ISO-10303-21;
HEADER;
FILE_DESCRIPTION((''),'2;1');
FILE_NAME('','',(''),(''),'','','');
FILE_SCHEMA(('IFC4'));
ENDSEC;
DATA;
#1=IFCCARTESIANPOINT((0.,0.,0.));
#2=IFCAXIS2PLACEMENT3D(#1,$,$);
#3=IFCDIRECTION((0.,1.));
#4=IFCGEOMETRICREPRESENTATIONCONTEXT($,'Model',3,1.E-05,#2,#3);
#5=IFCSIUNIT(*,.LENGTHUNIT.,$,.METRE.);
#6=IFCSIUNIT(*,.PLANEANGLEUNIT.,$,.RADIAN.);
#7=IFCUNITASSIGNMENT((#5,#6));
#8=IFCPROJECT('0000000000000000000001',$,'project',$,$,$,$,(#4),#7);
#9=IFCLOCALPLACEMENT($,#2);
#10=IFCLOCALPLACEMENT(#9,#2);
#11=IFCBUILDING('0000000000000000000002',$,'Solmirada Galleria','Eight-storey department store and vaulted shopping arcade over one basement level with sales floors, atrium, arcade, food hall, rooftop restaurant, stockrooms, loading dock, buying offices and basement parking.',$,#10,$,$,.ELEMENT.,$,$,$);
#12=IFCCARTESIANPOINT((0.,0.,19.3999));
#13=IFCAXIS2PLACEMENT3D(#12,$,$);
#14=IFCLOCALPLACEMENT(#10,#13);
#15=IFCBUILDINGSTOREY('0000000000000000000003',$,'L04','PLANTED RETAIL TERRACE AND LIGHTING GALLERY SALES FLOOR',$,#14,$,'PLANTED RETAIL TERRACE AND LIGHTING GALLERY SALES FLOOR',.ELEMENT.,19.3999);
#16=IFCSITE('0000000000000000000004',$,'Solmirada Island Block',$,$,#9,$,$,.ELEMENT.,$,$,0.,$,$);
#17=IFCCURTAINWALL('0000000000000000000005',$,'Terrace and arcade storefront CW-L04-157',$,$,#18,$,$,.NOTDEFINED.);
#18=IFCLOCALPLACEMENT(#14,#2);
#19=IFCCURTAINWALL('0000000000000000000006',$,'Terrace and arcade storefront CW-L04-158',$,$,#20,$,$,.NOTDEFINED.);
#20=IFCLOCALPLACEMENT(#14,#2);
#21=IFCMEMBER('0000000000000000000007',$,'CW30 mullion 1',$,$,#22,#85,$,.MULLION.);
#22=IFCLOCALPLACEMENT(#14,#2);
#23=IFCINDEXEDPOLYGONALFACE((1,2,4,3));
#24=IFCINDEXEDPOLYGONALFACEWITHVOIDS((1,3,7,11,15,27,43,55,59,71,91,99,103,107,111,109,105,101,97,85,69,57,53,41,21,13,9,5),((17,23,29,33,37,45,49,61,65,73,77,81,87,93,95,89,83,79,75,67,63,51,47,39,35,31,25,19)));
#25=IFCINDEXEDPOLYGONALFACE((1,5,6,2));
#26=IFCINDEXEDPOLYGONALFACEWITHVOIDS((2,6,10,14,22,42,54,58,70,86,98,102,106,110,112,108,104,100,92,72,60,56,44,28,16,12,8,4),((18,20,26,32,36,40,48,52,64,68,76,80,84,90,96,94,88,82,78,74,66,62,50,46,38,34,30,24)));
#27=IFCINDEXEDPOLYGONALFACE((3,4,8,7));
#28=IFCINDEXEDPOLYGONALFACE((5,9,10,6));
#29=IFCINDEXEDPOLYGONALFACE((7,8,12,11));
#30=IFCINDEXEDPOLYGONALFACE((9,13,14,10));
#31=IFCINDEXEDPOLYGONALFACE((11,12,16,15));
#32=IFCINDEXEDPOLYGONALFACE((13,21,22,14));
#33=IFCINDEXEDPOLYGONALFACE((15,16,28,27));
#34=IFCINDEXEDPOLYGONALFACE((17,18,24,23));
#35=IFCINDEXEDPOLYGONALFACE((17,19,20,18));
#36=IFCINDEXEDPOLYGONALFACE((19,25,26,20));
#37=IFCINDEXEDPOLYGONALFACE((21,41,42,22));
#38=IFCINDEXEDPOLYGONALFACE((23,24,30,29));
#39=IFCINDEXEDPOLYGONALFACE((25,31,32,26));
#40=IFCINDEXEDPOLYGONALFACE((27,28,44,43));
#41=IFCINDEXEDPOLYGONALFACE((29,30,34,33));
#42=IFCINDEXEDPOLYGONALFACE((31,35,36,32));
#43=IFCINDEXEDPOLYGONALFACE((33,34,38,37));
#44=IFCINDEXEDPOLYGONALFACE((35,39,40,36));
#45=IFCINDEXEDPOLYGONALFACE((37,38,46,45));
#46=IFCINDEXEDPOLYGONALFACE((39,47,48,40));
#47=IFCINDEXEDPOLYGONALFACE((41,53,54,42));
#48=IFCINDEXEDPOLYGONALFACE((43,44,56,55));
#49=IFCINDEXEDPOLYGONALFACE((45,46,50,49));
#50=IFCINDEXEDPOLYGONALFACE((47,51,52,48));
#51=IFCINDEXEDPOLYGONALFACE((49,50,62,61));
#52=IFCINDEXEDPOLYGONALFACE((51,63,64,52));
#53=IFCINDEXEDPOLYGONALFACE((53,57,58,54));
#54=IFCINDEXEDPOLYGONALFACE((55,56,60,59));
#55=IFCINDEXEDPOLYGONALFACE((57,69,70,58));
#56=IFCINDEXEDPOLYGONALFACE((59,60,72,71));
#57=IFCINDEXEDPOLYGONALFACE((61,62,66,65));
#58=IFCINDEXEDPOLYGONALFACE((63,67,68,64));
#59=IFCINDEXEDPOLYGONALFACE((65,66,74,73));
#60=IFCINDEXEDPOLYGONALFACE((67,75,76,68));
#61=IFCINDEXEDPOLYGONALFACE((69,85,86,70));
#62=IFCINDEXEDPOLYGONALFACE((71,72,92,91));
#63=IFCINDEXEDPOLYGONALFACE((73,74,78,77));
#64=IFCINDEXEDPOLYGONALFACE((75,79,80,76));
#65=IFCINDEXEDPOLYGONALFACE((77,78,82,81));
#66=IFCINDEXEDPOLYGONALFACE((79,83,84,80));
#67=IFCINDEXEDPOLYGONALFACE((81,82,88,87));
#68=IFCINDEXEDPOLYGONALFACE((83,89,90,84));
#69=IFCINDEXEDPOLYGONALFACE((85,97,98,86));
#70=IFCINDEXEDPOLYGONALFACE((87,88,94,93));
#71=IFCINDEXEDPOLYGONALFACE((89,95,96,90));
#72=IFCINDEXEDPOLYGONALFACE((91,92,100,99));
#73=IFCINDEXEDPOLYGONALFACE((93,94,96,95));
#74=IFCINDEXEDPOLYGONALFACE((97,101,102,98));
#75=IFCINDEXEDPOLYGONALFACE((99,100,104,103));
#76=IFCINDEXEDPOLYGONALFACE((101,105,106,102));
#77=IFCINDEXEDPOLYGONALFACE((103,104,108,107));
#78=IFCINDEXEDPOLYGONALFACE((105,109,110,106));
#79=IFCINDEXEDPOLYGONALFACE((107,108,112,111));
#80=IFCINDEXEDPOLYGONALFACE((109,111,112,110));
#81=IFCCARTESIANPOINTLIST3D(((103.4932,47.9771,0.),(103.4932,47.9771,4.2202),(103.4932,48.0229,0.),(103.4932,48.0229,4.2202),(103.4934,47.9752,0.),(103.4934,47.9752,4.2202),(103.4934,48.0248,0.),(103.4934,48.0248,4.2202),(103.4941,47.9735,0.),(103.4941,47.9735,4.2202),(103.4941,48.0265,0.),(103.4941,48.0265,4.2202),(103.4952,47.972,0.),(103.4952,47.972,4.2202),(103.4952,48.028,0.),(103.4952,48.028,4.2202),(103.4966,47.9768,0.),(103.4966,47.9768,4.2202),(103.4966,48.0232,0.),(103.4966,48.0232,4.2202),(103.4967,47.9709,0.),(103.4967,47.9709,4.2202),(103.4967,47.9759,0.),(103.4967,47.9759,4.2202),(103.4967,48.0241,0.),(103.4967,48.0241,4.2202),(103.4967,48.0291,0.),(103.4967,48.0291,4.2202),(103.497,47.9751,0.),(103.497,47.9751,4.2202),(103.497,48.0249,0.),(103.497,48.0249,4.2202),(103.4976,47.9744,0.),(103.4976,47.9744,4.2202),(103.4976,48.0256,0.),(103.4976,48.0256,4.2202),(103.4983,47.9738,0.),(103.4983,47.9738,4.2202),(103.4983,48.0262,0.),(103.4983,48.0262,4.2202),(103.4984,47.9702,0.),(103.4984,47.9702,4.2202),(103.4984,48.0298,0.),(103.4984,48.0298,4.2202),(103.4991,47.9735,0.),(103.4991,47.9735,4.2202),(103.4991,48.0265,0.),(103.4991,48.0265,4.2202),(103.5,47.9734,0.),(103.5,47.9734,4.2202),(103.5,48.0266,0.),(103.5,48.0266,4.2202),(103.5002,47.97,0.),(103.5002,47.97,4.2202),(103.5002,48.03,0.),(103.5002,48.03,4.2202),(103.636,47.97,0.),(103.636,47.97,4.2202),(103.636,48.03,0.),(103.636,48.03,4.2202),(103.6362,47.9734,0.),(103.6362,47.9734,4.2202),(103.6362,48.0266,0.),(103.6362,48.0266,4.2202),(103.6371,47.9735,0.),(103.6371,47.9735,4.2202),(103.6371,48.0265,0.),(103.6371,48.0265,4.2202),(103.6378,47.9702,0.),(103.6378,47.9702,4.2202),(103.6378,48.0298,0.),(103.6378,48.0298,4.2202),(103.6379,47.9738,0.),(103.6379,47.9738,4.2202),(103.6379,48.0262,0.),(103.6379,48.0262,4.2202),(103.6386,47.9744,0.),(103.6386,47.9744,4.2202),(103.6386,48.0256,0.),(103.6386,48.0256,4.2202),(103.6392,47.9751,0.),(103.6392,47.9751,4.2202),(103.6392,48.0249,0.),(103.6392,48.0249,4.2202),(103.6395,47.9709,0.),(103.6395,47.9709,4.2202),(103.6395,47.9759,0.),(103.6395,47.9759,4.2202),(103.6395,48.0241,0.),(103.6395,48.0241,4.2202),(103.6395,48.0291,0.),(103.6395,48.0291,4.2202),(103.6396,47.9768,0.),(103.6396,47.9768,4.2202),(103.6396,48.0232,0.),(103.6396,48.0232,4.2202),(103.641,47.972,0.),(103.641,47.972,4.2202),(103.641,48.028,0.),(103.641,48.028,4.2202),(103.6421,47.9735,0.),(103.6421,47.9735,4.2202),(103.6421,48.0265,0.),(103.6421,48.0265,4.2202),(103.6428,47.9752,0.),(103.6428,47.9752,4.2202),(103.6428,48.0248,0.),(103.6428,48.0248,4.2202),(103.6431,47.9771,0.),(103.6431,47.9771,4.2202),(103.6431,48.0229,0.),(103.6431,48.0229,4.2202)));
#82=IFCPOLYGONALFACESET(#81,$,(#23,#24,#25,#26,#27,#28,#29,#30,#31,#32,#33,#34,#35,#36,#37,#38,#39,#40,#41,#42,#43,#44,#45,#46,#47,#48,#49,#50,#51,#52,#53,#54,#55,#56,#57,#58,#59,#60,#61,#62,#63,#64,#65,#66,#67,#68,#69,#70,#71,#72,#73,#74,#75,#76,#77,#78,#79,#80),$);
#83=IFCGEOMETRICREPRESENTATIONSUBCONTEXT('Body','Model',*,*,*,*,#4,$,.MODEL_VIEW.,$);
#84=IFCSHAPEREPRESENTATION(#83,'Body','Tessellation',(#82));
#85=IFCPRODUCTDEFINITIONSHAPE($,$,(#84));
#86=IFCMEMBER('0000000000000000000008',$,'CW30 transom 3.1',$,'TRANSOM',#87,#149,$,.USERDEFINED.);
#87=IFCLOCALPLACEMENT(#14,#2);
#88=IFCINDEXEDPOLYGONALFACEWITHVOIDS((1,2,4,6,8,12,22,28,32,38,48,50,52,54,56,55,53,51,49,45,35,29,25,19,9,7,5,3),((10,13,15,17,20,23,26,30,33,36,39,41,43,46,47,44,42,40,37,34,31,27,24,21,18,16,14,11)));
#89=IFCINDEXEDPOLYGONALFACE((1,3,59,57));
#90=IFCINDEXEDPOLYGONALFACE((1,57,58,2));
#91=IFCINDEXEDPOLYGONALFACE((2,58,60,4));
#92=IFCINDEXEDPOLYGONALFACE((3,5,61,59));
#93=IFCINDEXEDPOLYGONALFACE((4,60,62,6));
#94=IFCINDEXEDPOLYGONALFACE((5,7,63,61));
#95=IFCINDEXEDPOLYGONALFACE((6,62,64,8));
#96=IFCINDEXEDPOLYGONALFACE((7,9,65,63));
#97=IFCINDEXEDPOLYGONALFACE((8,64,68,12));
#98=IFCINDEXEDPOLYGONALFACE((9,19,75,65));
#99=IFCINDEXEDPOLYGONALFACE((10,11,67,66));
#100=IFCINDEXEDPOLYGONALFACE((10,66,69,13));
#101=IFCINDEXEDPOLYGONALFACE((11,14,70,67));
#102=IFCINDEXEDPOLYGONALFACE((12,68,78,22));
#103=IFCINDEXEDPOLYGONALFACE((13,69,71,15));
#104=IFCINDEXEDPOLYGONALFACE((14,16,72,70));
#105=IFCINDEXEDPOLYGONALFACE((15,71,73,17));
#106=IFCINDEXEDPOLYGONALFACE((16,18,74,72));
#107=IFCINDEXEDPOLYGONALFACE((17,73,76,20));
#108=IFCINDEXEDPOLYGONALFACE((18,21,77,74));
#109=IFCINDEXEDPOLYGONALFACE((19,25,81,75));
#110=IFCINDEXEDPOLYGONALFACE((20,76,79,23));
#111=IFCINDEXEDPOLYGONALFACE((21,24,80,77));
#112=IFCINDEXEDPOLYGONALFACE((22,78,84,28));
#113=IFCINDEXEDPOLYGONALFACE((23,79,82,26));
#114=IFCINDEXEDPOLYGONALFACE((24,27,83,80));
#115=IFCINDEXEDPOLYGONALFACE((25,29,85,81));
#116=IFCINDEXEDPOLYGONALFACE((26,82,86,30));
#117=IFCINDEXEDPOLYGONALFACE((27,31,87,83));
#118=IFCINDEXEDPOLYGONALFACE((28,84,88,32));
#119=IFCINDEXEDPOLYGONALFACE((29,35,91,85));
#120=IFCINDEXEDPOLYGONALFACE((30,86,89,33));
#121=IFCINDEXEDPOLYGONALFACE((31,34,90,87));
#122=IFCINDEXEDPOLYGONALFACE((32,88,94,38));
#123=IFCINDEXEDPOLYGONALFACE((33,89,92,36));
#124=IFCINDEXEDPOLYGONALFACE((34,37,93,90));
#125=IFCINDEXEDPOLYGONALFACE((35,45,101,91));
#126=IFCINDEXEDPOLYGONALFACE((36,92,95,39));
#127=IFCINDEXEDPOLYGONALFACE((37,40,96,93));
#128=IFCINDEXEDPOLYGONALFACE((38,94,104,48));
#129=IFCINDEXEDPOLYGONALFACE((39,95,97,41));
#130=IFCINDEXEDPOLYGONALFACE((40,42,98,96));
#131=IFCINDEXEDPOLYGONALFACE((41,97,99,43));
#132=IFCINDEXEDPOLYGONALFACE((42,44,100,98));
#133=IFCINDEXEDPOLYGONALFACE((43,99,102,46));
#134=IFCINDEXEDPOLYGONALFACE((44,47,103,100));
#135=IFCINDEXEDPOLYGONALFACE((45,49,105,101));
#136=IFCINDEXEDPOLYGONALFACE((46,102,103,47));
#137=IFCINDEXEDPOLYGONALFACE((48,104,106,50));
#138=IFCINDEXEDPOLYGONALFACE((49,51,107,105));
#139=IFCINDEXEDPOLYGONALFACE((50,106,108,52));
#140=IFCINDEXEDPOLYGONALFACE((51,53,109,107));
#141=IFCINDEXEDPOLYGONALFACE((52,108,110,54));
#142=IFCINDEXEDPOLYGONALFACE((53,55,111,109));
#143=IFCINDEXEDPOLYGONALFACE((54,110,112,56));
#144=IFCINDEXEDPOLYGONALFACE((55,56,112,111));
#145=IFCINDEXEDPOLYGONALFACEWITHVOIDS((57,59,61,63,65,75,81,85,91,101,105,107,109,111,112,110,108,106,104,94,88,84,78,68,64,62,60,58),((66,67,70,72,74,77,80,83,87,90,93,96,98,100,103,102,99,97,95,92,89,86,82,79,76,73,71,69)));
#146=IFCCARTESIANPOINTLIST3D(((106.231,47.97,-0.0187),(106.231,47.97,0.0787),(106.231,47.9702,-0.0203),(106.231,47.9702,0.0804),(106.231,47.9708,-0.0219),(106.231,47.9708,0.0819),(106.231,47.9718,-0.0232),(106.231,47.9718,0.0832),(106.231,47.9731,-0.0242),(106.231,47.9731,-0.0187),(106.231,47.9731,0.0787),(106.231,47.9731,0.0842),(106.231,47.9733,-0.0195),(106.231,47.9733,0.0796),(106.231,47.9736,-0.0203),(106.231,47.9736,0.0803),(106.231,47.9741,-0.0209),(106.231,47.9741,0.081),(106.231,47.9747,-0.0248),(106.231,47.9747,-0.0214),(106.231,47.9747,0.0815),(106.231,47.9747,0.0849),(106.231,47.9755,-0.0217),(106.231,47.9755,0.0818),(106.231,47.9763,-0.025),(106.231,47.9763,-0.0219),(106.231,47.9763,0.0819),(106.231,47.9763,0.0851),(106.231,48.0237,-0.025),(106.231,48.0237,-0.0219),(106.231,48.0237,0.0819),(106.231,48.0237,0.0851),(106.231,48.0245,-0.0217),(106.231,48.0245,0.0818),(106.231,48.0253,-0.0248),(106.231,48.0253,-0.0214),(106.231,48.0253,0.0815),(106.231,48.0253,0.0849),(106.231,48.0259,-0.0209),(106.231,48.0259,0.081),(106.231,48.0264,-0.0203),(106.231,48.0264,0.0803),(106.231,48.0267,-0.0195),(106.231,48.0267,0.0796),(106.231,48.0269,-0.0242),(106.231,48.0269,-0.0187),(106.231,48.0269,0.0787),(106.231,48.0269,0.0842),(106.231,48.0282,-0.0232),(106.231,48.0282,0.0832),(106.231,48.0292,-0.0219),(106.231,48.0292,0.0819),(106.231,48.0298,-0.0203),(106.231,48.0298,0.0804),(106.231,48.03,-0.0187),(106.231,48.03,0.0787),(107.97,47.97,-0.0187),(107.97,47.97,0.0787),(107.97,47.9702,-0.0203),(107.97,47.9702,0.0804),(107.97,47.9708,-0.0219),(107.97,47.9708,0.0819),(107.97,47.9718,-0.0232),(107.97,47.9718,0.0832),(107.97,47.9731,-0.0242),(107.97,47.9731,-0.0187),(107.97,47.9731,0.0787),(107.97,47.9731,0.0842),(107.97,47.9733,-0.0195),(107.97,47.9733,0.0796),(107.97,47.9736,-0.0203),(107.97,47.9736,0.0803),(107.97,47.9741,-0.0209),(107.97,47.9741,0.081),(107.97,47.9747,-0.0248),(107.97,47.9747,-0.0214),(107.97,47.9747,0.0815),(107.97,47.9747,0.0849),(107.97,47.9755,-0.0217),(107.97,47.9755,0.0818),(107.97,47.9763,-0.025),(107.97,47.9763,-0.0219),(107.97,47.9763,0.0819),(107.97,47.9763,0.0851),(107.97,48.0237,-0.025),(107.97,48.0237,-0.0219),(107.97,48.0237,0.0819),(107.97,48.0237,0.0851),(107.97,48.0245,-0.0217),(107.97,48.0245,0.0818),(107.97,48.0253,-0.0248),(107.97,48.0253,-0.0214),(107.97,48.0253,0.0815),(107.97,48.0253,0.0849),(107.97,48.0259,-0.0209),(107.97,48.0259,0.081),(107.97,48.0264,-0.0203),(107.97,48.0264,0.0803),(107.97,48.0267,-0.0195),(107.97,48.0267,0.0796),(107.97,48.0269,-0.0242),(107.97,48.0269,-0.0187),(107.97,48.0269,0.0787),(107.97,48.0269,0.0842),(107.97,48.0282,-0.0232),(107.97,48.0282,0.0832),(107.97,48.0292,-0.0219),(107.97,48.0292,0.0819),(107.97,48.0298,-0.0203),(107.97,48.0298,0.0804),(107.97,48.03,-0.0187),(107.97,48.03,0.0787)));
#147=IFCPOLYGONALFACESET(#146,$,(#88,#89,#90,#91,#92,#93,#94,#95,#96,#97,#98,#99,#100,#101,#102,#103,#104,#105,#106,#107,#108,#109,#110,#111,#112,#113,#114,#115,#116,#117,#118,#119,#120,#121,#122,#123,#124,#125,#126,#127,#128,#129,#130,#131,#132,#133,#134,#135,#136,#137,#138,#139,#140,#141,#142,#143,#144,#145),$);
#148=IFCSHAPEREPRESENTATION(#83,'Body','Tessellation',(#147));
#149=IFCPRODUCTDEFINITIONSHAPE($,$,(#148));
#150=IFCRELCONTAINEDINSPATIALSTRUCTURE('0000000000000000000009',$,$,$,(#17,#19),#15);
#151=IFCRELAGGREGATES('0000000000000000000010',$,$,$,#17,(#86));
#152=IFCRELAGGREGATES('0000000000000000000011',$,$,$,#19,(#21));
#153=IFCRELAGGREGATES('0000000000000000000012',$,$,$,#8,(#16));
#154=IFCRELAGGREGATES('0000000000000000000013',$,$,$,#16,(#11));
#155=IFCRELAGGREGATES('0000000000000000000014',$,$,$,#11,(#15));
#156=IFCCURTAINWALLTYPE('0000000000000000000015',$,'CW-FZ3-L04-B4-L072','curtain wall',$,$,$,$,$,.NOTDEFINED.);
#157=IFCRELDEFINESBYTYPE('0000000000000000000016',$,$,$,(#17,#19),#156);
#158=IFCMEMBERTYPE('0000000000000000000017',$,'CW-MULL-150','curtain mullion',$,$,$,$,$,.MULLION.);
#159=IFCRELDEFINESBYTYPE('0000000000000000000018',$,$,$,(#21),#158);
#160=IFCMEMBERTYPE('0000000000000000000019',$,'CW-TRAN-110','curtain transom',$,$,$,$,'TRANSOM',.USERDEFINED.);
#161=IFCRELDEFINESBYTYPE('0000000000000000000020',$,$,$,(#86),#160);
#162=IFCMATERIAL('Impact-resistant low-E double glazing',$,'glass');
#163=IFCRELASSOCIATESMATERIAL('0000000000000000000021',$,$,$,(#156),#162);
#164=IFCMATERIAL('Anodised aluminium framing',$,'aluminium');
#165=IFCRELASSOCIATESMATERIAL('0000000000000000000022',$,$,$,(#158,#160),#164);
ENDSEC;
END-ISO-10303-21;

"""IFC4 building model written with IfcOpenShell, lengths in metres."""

from ifc_helpers import new_model, si_unit, direction, frame, origin, origin_2d, place, context, subcontext, project, spatial, hollow_rectangle, extrude, material, material_profile, profile_set, type_object, element, aggregate, save


model = new_model("IFC4")

# Units and contexts
model_context = context("Model", 3, precision=1e-05, world=origin(), true_north=direction((0.0, 1.0)))
body_context = subcontext(model_context, "Body", "Model", "MODEL_VIEW")
ifc_project = project(units=[si_unit("LENGTHUNIT", "METRE"), si_unit("PLANEANGLEUNIT", "RADIAN")], contexts=[model_context])

# Site, building, storey
site_placement = place(None, origin())
site = spatial("IfcSite", under=ifc_project, at=site_placement, Name="Solmirada Island Block", CompositionType="ELEMENT", RefElevation=0.0)
building_placement = place(site_placement, origin())
building = spatial("IfcBuilding", under=site, at=building_placement, Name="Solmirada Galleria", Description="Eight-storey department store and vaulted shopping arcade over one basement level with sales floors, atrium, arcade, food hall, rooftop restaurant, stockrooms, loading dock, buying offices and basement parking.", CompositionType="ELEMENT")
storey_placement = place(building_placement, frame((0.0, 0.0, 19.3999)))
storey = spatial("IfcBuildingStorey", under=building, at=storey_placement, Name="L04", Description="PLANTED RETAIL TERRACE AND LIGHTING GALLERY SALES FLOOR", LongName="PLANTED RETAIL TERRACE AND LIGHTING GALLERY SALES FLOOR", CompositionType="ELEMENT", Elevation=19.3999)

# Curtain wall
ifc_material_1 = material(Name="Impact-resistant low-E double glazing", Category="glass")
curtain_wall_type = type_object("IfcCurtainWallType", Name="CW-FZ3-L04-B4-L072", Description="curtain wall", PredefinedType="NOTDEFINED", material=ifc_material_1)
curtain_wall_1_placement = place(storey_placement, origin())
curtain_wall_1 = element("IfcCurtainWall", 1, at=curtain_wall_1_placement, inside=storey, type_object=curtain_wall_type, Name="Terrace and arcade storefront CW-L04-157", PredefinedType="NOTDEFINED")
ifc_material_2 = material(Name="Anodised aluminium framing", Category="aluminium")
ifc_material_profile_1 = material_profile(ifc_material_2, hollow_rectangle(XDim=0.0601, YDim=0.1499, WallThickness=0.0034, InnerFilletRadius=0.0034, OuterFilletRadius=0.0071, at=origin_2d()), Name="ALU-MULL-150X60")
ifc_profile_set_1 = profile_set([ifc_material_profile_1], Name="Anodised aluminium framing")
member_type_1 = type_object("IfcMemberType", Name="CW-MULL-150", Description="curtain mullion", PredefinedType="MULLION", material=ifc_profile_set_1)

# Curtain wall, member
curtain_wall_2_placement = place(storey_placement, origin())
curtain_wall_2 = element("IfcCurtainWall", 2, at=curtain_wall_2_placement, inside=storey, type_object=curtain_wall_type, Name="Terrace and arcade storefront CW-L04-158", PredefinedType="NOTDEFINED")
member_1_placement = place(storey_placement, frame((103.5681, 48.0, 0.0), z_axis=(0.0, 0.0, 1.0), x_axis=(0.0, -1.0, 0.0)))
member_1 = element("IfcMember", 3, at=member_1_placement, type_object=member_type_1, Name="CW30 mullion 1", PredefinedType="MULLION", context=body_context, shape_type="SweptSolid", body=[
    extrude(hollow_rectangle(XDim=0.0601, YDim=0.1499, WallThickness=0.0034, InnerFilletRadius=0.0034, OuterFilletRadius=0.0071, at=origin_2d()), origin(), (0.0, 0.0, 1.0), 4.2202),
])

# Member
ifc_material_profile_2 = material_profile(ifc_material_2, hollow_rectangle(XDim=0.0601, YDim=0.1101, WallThickness=0.0032, InnerFilletRadius=0.0032, OuterFilletRadius=0.0063, at=origin_2d()), Name="ALU-TRAN-110X60")
ifc_profile_set_2 = profile_set([ifc_material_profile_2], Name="Anodised aluminium framing")
member_type_2 = type_object("IfcMemberType", Name="CW-TRAN-110", Description="curtain transom", ElementType="TRANSOM", PredefinedType="USERDEFINED", material=ifc_profile_set_2)
member_2_placement = place(storey_placement, frame((107.97, 48.0, 0.03), z_axis=(-1.0, 0.0, 0.0), x_axis=(0.0, -1.0, 0.0)))
member_2 = element("IfcMember", 4, at=member_2_placement, type_object=member_type_2, Name="CW30 transom 3.1", ObjectType="TRANSOM", PredefinedType="USERDEFINED", context=body_context, shape_type="SweptSolid", body=[
    extrude(hollow_rectangle(XDim=0.0601, YDim=0.1101, WallThickness=0.0032, InnerFilletRadius=0.0032, OuterFilletRadius=0.0063, at=origin_2d()), origin(), (0.0, 0.0, 1.0), 1.739),
])

aggregate(curtain_wall_1, [member_2])
aggregate(curtain_wall_2, [member_1])

save(model, "model.ifc")
